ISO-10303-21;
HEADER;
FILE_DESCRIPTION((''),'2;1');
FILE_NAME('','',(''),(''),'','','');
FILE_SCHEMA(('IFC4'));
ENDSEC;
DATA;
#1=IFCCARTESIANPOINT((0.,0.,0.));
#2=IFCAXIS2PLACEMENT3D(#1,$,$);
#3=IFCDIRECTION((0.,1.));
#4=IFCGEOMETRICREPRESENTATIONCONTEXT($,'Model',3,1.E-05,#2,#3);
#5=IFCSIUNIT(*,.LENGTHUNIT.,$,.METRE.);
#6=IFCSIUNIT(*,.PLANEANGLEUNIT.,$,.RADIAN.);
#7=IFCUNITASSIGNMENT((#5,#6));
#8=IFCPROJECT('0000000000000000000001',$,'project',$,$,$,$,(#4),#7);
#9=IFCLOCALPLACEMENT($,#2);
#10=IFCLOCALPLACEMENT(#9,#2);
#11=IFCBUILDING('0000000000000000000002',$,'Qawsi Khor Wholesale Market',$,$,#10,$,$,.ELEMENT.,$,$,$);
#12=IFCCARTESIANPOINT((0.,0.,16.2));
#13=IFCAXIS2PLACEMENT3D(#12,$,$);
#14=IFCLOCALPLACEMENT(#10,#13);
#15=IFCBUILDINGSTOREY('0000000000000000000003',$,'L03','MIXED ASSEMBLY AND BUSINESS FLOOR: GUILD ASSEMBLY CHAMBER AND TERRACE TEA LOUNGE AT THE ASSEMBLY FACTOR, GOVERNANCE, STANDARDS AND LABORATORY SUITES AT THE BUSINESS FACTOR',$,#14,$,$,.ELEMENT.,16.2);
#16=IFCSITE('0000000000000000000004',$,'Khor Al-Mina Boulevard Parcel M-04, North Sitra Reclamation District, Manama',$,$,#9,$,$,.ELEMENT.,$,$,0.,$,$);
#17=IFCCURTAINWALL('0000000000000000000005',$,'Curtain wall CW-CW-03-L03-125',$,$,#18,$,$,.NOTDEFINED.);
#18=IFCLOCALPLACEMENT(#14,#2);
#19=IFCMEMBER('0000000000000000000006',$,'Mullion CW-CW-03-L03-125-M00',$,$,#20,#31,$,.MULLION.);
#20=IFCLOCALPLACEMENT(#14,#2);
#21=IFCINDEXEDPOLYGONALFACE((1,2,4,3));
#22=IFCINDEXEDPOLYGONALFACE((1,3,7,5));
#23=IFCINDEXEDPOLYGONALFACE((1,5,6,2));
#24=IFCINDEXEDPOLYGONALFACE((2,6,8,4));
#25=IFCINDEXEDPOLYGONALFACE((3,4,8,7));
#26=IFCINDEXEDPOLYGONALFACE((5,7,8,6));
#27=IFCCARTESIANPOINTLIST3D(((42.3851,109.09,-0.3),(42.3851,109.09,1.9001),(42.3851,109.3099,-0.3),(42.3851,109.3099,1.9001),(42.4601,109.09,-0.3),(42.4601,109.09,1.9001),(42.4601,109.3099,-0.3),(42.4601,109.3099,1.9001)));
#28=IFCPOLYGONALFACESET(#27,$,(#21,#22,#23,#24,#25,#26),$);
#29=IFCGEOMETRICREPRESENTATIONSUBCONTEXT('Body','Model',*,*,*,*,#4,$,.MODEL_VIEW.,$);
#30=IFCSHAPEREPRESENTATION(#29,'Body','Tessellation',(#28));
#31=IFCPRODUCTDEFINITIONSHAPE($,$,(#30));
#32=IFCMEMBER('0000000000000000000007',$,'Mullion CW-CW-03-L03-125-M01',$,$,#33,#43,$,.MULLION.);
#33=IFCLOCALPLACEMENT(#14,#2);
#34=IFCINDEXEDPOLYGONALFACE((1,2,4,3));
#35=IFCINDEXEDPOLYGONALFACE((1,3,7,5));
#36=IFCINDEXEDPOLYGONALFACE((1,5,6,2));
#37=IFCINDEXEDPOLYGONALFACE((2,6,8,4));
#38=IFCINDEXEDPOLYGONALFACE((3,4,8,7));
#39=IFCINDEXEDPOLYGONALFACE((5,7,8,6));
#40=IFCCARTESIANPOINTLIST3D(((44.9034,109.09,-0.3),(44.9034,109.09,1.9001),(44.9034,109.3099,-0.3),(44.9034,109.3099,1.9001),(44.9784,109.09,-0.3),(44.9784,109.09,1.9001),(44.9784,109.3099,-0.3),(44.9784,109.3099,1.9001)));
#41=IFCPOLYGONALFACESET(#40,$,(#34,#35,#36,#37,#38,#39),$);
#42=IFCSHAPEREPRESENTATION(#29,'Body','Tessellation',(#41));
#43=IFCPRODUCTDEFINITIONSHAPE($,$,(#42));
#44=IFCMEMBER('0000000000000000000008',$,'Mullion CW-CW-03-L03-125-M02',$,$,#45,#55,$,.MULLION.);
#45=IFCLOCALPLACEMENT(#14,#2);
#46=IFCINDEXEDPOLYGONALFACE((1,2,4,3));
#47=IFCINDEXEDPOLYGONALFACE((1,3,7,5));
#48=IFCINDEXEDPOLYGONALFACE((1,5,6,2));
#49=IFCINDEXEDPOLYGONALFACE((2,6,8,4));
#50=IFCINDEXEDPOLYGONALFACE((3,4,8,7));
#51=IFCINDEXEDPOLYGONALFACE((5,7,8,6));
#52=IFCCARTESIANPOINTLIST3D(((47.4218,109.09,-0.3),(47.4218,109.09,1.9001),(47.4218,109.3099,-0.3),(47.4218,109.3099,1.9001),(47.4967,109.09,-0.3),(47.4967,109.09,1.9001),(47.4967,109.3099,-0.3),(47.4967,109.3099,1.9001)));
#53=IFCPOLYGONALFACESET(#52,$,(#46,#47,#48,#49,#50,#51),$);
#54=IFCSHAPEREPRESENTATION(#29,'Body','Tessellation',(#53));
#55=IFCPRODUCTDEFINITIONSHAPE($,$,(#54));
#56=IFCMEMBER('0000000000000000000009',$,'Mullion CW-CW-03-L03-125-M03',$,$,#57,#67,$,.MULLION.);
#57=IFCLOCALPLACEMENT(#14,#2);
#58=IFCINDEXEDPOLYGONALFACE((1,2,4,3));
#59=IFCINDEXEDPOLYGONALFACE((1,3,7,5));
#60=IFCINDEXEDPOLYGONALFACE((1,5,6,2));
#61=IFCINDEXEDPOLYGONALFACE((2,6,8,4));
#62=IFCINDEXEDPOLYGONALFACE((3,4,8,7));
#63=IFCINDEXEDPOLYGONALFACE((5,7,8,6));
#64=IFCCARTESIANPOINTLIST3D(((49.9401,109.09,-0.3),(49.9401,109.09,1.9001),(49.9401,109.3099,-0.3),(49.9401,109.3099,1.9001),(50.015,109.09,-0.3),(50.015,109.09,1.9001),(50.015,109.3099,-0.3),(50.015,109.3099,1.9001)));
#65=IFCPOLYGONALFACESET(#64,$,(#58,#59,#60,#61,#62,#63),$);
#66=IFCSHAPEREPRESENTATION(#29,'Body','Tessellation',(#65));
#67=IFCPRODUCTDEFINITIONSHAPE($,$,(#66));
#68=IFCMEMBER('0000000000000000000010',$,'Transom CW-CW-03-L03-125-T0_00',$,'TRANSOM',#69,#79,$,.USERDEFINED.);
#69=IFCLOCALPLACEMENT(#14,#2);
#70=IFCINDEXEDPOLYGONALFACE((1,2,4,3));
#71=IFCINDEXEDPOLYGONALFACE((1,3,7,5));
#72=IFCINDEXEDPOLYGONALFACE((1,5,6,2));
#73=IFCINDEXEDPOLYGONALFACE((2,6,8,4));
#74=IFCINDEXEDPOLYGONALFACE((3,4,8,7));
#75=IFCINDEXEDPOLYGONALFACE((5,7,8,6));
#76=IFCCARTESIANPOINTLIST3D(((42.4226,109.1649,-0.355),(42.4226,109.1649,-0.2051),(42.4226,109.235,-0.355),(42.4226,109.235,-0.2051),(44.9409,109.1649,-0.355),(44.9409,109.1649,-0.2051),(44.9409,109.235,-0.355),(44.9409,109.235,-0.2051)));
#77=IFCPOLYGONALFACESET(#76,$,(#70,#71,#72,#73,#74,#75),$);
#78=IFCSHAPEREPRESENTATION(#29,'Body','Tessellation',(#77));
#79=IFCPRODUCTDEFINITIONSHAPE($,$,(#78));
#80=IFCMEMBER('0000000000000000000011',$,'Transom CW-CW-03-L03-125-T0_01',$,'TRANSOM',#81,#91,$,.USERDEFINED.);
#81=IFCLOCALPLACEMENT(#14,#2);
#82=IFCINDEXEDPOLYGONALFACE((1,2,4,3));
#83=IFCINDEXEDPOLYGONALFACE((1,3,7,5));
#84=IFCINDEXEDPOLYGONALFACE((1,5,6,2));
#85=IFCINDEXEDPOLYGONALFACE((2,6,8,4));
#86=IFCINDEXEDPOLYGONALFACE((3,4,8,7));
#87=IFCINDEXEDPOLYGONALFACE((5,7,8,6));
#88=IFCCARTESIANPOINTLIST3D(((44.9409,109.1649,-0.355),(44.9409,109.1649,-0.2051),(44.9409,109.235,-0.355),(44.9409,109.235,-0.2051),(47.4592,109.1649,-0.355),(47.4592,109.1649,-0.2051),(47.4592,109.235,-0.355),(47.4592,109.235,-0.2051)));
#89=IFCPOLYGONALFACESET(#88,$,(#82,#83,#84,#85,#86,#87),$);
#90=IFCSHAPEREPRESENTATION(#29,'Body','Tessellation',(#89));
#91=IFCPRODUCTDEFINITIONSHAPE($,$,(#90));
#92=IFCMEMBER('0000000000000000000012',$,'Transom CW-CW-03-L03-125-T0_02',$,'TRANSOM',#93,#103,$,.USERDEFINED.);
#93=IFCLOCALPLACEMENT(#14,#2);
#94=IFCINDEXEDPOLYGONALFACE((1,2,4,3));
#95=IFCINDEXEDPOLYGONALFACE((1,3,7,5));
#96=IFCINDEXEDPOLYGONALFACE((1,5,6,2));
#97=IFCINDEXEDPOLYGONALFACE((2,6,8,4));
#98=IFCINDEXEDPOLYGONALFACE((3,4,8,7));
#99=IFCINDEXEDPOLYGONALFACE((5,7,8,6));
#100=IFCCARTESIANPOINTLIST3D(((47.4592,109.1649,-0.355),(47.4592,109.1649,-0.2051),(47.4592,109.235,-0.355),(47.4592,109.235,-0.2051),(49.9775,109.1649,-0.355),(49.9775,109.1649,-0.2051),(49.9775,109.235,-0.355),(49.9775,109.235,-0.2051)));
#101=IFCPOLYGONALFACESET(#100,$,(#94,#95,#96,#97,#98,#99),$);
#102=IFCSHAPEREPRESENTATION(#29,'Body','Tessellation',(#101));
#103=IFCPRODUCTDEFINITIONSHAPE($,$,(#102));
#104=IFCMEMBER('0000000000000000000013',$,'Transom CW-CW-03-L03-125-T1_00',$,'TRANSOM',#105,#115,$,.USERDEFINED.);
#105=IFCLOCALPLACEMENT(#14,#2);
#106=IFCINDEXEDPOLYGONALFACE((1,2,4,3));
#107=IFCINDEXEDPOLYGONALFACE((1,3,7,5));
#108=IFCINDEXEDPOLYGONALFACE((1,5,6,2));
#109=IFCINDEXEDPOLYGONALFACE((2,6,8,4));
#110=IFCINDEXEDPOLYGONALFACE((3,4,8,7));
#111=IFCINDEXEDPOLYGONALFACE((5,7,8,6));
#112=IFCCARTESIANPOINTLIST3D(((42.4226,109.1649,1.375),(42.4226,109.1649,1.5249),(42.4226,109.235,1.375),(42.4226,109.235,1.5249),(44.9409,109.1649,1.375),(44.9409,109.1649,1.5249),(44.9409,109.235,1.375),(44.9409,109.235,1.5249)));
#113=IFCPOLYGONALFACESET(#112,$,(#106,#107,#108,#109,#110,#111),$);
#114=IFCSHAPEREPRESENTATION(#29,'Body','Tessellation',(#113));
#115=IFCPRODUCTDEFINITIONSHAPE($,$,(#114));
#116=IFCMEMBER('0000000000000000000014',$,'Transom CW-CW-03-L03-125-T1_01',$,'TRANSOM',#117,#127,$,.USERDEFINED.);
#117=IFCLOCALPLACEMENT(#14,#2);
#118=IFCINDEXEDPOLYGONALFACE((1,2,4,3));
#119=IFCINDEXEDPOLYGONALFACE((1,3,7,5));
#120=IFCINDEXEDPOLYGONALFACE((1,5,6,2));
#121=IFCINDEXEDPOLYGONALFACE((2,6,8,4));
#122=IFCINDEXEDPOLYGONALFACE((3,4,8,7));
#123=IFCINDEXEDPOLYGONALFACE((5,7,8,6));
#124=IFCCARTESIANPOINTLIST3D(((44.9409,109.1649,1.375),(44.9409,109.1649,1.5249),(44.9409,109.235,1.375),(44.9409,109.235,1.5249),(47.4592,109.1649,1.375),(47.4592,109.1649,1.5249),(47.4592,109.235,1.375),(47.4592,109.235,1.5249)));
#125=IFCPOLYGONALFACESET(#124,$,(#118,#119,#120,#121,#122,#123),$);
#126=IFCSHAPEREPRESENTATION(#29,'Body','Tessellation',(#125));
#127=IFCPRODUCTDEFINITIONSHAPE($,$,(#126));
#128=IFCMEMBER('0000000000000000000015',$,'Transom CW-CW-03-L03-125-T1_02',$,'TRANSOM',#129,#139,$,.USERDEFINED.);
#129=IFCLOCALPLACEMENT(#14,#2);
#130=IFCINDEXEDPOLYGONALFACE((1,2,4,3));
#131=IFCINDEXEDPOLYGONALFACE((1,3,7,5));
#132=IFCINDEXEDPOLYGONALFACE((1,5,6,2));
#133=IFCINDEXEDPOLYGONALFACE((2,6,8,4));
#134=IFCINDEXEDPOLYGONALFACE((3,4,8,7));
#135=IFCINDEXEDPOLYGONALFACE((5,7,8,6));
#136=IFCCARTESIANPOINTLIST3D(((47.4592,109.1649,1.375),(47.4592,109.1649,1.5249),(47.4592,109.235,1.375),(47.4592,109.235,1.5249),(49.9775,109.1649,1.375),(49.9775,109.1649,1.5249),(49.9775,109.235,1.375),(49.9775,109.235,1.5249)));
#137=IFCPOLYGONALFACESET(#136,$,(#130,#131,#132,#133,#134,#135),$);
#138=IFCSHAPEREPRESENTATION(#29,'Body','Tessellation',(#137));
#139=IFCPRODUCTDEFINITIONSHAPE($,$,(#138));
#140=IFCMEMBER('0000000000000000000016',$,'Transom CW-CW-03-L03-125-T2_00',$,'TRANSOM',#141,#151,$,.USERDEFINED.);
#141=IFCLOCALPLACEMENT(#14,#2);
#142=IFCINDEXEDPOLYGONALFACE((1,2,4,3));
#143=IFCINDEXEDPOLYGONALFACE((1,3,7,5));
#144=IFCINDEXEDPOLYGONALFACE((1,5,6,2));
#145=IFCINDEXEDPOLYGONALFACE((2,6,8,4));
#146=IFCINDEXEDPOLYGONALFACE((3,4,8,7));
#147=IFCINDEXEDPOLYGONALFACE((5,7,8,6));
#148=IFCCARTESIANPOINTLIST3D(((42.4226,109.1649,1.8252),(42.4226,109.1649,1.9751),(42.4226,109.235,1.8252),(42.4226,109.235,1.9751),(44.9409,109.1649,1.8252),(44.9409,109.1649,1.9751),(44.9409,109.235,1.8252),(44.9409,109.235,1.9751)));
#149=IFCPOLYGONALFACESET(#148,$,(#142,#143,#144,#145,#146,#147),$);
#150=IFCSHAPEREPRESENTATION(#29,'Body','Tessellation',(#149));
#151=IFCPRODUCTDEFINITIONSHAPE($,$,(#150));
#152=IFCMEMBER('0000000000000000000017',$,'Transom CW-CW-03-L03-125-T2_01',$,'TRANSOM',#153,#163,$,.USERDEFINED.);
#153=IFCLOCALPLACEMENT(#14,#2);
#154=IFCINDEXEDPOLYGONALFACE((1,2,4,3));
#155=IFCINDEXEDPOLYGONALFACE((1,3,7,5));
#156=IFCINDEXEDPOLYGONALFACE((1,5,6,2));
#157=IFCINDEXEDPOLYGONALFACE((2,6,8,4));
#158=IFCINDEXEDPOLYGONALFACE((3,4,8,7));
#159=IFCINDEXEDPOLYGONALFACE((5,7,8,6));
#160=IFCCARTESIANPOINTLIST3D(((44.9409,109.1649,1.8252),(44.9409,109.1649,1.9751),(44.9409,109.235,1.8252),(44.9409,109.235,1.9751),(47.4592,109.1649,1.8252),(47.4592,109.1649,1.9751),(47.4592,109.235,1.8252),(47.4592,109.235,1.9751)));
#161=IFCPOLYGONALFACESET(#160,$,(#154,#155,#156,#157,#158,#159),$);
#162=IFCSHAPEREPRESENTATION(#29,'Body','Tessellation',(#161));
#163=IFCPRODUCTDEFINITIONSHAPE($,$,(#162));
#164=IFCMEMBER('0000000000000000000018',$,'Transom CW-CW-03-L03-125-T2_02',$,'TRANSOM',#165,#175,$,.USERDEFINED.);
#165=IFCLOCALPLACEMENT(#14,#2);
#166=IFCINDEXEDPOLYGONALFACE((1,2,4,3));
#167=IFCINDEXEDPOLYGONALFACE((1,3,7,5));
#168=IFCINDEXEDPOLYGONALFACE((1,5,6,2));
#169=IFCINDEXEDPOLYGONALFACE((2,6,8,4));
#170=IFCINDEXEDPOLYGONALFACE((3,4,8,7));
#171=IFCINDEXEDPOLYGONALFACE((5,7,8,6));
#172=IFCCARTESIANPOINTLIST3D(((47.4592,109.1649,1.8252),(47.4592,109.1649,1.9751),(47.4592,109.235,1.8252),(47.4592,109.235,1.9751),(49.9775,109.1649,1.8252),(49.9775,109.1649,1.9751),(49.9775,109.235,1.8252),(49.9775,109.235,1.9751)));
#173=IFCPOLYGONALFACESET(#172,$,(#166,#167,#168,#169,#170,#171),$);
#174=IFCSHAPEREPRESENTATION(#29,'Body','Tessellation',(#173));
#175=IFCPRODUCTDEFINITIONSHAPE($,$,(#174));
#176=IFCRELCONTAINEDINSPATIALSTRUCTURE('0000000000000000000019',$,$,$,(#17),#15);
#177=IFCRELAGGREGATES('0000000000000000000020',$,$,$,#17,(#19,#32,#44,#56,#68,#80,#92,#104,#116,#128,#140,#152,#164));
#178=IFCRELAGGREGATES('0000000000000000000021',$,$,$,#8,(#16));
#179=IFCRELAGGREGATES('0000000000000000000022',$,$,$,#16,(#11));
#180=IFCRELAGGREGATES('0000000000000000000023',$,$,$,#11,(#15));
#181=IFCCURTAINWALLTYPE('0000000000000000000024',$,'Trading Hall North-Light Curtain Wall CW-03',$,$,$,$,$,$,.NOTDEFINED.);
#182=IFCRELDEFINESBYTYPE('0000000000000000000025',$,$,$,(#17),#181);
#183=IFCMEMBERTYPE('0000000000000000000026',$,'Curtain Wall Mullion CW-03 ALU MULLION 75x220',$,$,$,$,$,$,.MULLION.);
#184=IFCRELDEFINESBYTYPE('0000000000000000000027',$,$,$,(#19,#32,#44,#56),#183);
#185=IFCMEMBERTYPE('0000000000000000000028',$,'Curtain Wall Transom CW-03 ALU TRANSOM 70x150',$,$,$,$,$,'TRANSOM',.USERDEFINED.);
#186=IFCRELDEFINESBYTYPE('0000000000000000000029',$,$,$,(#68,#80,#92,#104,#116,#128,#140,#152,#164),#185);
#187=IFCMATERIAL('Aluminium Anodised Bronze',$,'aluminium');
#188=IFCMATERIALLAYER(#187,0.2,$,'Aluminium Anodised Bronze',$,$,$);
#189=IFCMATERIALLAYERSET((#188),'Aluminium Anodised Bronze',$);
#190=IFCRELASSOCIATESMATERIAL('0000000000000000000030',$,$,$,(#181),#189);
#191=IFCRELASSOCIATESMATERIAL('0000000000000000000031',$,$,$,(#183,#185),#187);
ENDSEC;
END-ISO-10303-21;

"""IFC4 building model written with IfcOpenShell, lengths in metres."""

from ifc_helpers import new_model, si_unit, direction, frame, origin, origin_2d, place, context, subcontext, project, spatial, rectangle, extrude, material, layer, layer_set, material_profile, profile_set, type_object, element, aggregate, save


model = new_model("IFC4")

# Units and contexts
model_context = context("Model", 3, precision=1e-05, world=origin(), true_north=direction((0.0, 1.0)))
body_context = subcontext(model_context, "Body", "Model", "MODEL_VIEW")
ifc_project = project(units=[si_unit("LENGTHUNIT", "METRE"), si_unit("PLANEANGLEUNIT", "RADIAN")], contexts=[model_context])

# Site, building, storey
site_placement = place(None, origin())
site = spatial("IfcSite", under=ifc_project, at=site_placement, Name="Khor Al-Mina Boulevard Parcel M-04, North Sitra Reclamation District, Manama", CompositionType="ELEMENT", RefElevation=0.0)
building_placement = place(site_placement, origin())
building = spatial("IfcBuilding", under=site, at=building_placement, Name="Qawsi Khor Wholesale Market", CompositionType="ELEMENT")
storey_placement = place(building_placement, frame((0.0, 0.0, 16.2)))
storey = spatial("IfcBuildingStorey", under=building, at=storey_placement, Name="L03", Description="MIXED ASSEMBLY AND BUSINESS FLOOR: GUILD ASSEMBLY CHAMBER AND TERRACE TEA LOUNGE AT THE ASSEMBLY FACTOR, GOVERNANCE, STANDARDS AND LABORATORY SUITES AT THE BUSINESS FACTOR", CompositionType="ELEMENT", Elevation=16.2)

# Curtain wall, members
ifc_material_1 = material(Name="Aluminium Anodised Bronze", Category="aluminium")
ifc_layer_1 = layer(ifc_material_1, 0.2, Name="Aluminium Anodised Bronze")
ifc_layer_set_1 = layer_set([ifc_layer_1], Name="Aluminium Anodised Bronze")
curtain_wall_type = type_object("IfcCurtainWallType", Name="Trading Hall North-Light Curtain Wall CW-03", PredefinedType="NOTDEFINED", material=ifc_layer_set_1)
curtain_wall_placement = place(storey_placement, origin())
curtain_wall = element("IfcCurtainWall", 1, at=curtain_wall_placement, inside=storey, type_object=curtain_wall_type, Name="Curtain wall CW-CW-03-L03-125", PredefinedType="NOTDEFINED")
ifc_material_profile_1 = material_profile(ifc_material_1, rectangle(XDim=0.075, YDim=0.22, at=origin_2d()), Name="ALU MULLION 75x220")
ifc_profile_set_1 = profile_set([ifc_material_profile_1], Name="Aluminium Anodised Bronze")
member_type_1 = type_object("IfcMemberType", Name="Curtain Wall Mullion CW-03 ALU MULLION 75x220", PredefinedType="MULLION", material=ifc_profile_set_1)
member_1_placement = place(storey_placement, frame((42.4226, 109.2, -0.3), z_axis=(0.0, 0.0, 1.0), x_axis=(1.0, 0.0, 0.0)))
member_1 = element("IfcMember", 2, at=member_1_placement, type_object=member_type_1, Name="Mullion CW-CW-03-L03-125-M00", PredefinedType="MULLION", context=body_context, shape_type="SweptSolid", body=[
    extrude(rectangle(XDim=0.075, YDim=0.22, at=origin_2d()), origin(), (0.0, 0.0, 1.0), 2.2002),
])
member_2_placement = place(storey_placement, frame((44.9409, 109.2, -0.3), z_axis=(0.0, 0.0, 1.0), x_axis=(1.0, 0.0, 0.0)))
member_2 = element("IfcMember", 3, at=member_2_placement, type_object=member_type_1, Name="Mullion CW-CW-03-L03-125-M01", PredefinedType="MULLION", context=body_context, shape_type="SweptSolid", body=[
    extrude(rectangle(XDim=0.075, YDim=0.22, at=origin_2d()), origin(), (0.0, 0.0, 1.0), 2.2002),
])
member_3_placement = place(storey_placement, frame((47.4592, 109.2, -0.3), z_axis=(0.0, 0.0, 1.0), x_axis=(1.0, 0.0, 0.0)))
member_3 = element("IfcMember", 4, at=member_3_placement, type_object=member_type_1, Name="Mullion CW-CW-03-L03-125-M02", PredefinedType="MULLION", context=body_context, shape_type="SweptSolid", body=[
    extrude(rectangle(XDim=0.075, YDim=0.22, at=origin_2d()), origin(), (0.0, 0.0, 1.0), 2.2002),
])
member_4_placement = place(storey_placement, frame((49.9775, 109.2, -0.3), z_axis=(0.0, 0.0, 1.0), x_axis=(1.0, 0.0, 0.0)))
member_4 = element("IfcMember", 5, at=member_4_placement, type_object=member_type_1, Name="Mullion CW-CW-03-L03-125-M03", PredefinedType="MULLION", context=body_context, shape_type="SweptSolid", body=[
    extrude(rectangle(XDim=0.075, YDim=0.22, at=origin_2d()), origin(), (0.0, 0.0, 1.0), 2.2002),
])
ifc_material_profile_2 = material_profile(ifc_material_1, rectangle(XDim=0.0701, YDim=0.1499, at=origin_2d()), Name="ALU TRANSOM 70x150")
ifc_profile_set_2 = profile_set([ifc_material_profile_2], Name="Aluminium Anodised Bronze")
member_type_2 = type_object("IfcMemberType", Name="Curtain Wall Transom CW-03 ALU TRANSOM 70x150", ElementType="TRANSOM", PredefinedType="USERDEFINED", material=ifc_profile_set_2)
member_5_placement = place(storey_placement, frame((42.4226, 109.2, -0.28), z_axis=(1.0, 0.0, 0.0), x_axis=(0.0, 1.0, 0.0)))
member_5 = element("IfcMember", 6, at=member_5_placement, type_object=member_type_2, Name="Transom CW-CW-03-L03-125-T0_00", ObjectType="TRANSOM", PredefinedType="USERDEFINED", context=body_context, shape_type="SweptSolid", body=[
    extrude(rectangle(XDim=0.0701, YDim=0.1499, at=origin_2d()), origin(), (0.0, 0.0, 1.0), 2.5183),
])
member_6_placement = place(storey_placement, frame((44.9409, 109.2, -0.28), z_axis=(1.0, 0.0, 0.0), x_axis=(0.0, 1.0, 0.0)))
member_6 = element("IfcMember", 7, at=member_6_placement, type_object=member_type_2, Name="Transom CW-CW-03-L03-125-T0_01", ObjectType="TRANSOM", PredefinedType="USERDEFINED", context=body_context, shape_type="SweptSolid", body=[
    extrude(rectangle(XDim=0.0701, YDim=0.1499, at=origin_2d()), origin(), (0.0, 0.0, 1.0), 2.5183),
])
member_7_placement = place(storey_placement, frame((47.4592, 109.2, -0.28), z_axis=(1.0, 0.0, 0.0), x_axis=(0.0, 1.0, 0.0)))
member_7 = element("IfcMember", 8, at=member_7_placement, type_object=member_type_2, Name="Transom CW-CW-03-L03-125-T0_02", ObjectType="TRANSOM", PredefinedType="USERDEFINED", context=body_context, shape_type="SweptSolid", body=[
    extrude(rectangle(XDim=0.0701, YDim=0.1499, at=origin_2d()), origin(), (0.0, 0.0, 1.0), 2.5183),
])
member_8_placement = place(storey_placement, frame((42.4226, 109.2, 1.45), z_axis=(1.0, 0.0, 0.0), x_axis=(0.0, 1.0, 0.0)))
member_8 = element("IfcMember", 9, at=member_8_placement, type_object=member_type_2, Name="Transom CW-CW-03-L03-125-T1_00", ObjectType="TRANSOM", PredefinedType="USERDEFINED", context=body_context, shape_type="SweptSolid", body=[
    extrude(rectangle(XDim=0.0701, YDim=0.1499, at=origin_2d()), origin(), (0.0, 0.0, 1.0), 2.5183),
])
member_9_placement = place(storey_placement, frame((44.9409, 109.2, 1.45), z_axis=(1.0, 0.0, 0.0), x_axis=(0.0, 1.0, 0.0)))
member_9 = element("IfcMember", 10, at=member_9_placement, type_object=member_type_2, Name="Transom CW-CW-03-L03-125-T1_01", ObjectType="TRANSOM", PredefinedType="USERDEFINED", context=body_context, shape_type="SweptSolid", body=[
    extrude(rectangle(XDim=0.0701, YDim=0.1499, at=origin_2d()), origin(), (0.0, 0.0, 1.0), 2.5183),
])
member_10_placement = place(storey_placement, frame((47.4592, 109.2, 1.45), z_axis=(1.0, 0.0, 0.0), x_axis=(0.0, 1.0, 0.0)))
member_10 = element("IfcMember", 11, at=member_10_placement, type_object=member_type_2, Name="Transom CW-CW-03-L03-125-T1_02", ObjectType="TRANSOM", PredefinedType="USERDEFINED", context=body_context, shape_type="SweptSolid", body=[
    extrude(rectangle(XDim=0.0701, YDim=0.1499, at=origin_2d()), origin(), (0.0, 0.0, 1.0), 2.5183),
])
member_11_placement = place(storey_placement, frame((42.4226, 109.2, 1.9001), z_axis=(1.0, 0.0, 0.0), x_axis=(0.0, 1.0, 0.0)))
member_11 = element("IfcMember", 12, at=member_11_placement, type_object=member_type_2, Name="Transom CW-CW-03-L03-125-T2_00", ObjectType="TRANSOM", PredefinedType="USERDEFINED", context=body_context, shape_type="SweptSolid", body=[
    extrude(rectangle(XDim=0.0701, YDim=0.1499, at=origin_2d()), origin(), (0.0, 0.0, 1.0), 2.5183),
])
member_12_placement = place(storey_placement, frame((44.9409, 109.2, 1.9001), z_axis=(1.0, 0.0, 0.0), x_axis=(0.0, 1.0, 0.0)))
member_12 = element("IfcMember", 13, at=member_12_placement, type_object=member_type_2, Name="Transom CW-CW-03-L03-125-T2_01", ObjectType="TRANSOM", PredefinedType="USERDEFINED", context=body_context, shape_type="SweptSolid", body=[
    extrude(rectangle(XDim=0.0701, YDim=0.1499, at=origin_2d()), origin(), (0.0, 0.0, 1.0), 2.5183),
])
member_13_placement = place(storey_placement, frame((47.4592, 109.2, 1.9001), z_axis=(1.0, 0.0, 0.0), x_axis=(0.0, 1.0, 0.0)))
member_13 = element("IfcMember", 14, at=member_13_placement, type_object=member_type_2, Name="Transom CW-CW-03-L03-125-T2_02", ObjectType="TRANSOM", PredefinedType="USERDEFINED", context=body_context, shape_type="SweptSolid", body=[
    extrude(rectangle(XDim=0.0701, YDim=0.1499, at=origin_2d()), origin(), (0.0, 0.0, 1.0), 2.5183),
])

aggregate(curtain_wall, [member_1, member_2, member_3, member_4, member_5, member_6, member_7, member_8, member_9, member_10, member_11, member_12, member_13])

save(model, "model.ifc")
